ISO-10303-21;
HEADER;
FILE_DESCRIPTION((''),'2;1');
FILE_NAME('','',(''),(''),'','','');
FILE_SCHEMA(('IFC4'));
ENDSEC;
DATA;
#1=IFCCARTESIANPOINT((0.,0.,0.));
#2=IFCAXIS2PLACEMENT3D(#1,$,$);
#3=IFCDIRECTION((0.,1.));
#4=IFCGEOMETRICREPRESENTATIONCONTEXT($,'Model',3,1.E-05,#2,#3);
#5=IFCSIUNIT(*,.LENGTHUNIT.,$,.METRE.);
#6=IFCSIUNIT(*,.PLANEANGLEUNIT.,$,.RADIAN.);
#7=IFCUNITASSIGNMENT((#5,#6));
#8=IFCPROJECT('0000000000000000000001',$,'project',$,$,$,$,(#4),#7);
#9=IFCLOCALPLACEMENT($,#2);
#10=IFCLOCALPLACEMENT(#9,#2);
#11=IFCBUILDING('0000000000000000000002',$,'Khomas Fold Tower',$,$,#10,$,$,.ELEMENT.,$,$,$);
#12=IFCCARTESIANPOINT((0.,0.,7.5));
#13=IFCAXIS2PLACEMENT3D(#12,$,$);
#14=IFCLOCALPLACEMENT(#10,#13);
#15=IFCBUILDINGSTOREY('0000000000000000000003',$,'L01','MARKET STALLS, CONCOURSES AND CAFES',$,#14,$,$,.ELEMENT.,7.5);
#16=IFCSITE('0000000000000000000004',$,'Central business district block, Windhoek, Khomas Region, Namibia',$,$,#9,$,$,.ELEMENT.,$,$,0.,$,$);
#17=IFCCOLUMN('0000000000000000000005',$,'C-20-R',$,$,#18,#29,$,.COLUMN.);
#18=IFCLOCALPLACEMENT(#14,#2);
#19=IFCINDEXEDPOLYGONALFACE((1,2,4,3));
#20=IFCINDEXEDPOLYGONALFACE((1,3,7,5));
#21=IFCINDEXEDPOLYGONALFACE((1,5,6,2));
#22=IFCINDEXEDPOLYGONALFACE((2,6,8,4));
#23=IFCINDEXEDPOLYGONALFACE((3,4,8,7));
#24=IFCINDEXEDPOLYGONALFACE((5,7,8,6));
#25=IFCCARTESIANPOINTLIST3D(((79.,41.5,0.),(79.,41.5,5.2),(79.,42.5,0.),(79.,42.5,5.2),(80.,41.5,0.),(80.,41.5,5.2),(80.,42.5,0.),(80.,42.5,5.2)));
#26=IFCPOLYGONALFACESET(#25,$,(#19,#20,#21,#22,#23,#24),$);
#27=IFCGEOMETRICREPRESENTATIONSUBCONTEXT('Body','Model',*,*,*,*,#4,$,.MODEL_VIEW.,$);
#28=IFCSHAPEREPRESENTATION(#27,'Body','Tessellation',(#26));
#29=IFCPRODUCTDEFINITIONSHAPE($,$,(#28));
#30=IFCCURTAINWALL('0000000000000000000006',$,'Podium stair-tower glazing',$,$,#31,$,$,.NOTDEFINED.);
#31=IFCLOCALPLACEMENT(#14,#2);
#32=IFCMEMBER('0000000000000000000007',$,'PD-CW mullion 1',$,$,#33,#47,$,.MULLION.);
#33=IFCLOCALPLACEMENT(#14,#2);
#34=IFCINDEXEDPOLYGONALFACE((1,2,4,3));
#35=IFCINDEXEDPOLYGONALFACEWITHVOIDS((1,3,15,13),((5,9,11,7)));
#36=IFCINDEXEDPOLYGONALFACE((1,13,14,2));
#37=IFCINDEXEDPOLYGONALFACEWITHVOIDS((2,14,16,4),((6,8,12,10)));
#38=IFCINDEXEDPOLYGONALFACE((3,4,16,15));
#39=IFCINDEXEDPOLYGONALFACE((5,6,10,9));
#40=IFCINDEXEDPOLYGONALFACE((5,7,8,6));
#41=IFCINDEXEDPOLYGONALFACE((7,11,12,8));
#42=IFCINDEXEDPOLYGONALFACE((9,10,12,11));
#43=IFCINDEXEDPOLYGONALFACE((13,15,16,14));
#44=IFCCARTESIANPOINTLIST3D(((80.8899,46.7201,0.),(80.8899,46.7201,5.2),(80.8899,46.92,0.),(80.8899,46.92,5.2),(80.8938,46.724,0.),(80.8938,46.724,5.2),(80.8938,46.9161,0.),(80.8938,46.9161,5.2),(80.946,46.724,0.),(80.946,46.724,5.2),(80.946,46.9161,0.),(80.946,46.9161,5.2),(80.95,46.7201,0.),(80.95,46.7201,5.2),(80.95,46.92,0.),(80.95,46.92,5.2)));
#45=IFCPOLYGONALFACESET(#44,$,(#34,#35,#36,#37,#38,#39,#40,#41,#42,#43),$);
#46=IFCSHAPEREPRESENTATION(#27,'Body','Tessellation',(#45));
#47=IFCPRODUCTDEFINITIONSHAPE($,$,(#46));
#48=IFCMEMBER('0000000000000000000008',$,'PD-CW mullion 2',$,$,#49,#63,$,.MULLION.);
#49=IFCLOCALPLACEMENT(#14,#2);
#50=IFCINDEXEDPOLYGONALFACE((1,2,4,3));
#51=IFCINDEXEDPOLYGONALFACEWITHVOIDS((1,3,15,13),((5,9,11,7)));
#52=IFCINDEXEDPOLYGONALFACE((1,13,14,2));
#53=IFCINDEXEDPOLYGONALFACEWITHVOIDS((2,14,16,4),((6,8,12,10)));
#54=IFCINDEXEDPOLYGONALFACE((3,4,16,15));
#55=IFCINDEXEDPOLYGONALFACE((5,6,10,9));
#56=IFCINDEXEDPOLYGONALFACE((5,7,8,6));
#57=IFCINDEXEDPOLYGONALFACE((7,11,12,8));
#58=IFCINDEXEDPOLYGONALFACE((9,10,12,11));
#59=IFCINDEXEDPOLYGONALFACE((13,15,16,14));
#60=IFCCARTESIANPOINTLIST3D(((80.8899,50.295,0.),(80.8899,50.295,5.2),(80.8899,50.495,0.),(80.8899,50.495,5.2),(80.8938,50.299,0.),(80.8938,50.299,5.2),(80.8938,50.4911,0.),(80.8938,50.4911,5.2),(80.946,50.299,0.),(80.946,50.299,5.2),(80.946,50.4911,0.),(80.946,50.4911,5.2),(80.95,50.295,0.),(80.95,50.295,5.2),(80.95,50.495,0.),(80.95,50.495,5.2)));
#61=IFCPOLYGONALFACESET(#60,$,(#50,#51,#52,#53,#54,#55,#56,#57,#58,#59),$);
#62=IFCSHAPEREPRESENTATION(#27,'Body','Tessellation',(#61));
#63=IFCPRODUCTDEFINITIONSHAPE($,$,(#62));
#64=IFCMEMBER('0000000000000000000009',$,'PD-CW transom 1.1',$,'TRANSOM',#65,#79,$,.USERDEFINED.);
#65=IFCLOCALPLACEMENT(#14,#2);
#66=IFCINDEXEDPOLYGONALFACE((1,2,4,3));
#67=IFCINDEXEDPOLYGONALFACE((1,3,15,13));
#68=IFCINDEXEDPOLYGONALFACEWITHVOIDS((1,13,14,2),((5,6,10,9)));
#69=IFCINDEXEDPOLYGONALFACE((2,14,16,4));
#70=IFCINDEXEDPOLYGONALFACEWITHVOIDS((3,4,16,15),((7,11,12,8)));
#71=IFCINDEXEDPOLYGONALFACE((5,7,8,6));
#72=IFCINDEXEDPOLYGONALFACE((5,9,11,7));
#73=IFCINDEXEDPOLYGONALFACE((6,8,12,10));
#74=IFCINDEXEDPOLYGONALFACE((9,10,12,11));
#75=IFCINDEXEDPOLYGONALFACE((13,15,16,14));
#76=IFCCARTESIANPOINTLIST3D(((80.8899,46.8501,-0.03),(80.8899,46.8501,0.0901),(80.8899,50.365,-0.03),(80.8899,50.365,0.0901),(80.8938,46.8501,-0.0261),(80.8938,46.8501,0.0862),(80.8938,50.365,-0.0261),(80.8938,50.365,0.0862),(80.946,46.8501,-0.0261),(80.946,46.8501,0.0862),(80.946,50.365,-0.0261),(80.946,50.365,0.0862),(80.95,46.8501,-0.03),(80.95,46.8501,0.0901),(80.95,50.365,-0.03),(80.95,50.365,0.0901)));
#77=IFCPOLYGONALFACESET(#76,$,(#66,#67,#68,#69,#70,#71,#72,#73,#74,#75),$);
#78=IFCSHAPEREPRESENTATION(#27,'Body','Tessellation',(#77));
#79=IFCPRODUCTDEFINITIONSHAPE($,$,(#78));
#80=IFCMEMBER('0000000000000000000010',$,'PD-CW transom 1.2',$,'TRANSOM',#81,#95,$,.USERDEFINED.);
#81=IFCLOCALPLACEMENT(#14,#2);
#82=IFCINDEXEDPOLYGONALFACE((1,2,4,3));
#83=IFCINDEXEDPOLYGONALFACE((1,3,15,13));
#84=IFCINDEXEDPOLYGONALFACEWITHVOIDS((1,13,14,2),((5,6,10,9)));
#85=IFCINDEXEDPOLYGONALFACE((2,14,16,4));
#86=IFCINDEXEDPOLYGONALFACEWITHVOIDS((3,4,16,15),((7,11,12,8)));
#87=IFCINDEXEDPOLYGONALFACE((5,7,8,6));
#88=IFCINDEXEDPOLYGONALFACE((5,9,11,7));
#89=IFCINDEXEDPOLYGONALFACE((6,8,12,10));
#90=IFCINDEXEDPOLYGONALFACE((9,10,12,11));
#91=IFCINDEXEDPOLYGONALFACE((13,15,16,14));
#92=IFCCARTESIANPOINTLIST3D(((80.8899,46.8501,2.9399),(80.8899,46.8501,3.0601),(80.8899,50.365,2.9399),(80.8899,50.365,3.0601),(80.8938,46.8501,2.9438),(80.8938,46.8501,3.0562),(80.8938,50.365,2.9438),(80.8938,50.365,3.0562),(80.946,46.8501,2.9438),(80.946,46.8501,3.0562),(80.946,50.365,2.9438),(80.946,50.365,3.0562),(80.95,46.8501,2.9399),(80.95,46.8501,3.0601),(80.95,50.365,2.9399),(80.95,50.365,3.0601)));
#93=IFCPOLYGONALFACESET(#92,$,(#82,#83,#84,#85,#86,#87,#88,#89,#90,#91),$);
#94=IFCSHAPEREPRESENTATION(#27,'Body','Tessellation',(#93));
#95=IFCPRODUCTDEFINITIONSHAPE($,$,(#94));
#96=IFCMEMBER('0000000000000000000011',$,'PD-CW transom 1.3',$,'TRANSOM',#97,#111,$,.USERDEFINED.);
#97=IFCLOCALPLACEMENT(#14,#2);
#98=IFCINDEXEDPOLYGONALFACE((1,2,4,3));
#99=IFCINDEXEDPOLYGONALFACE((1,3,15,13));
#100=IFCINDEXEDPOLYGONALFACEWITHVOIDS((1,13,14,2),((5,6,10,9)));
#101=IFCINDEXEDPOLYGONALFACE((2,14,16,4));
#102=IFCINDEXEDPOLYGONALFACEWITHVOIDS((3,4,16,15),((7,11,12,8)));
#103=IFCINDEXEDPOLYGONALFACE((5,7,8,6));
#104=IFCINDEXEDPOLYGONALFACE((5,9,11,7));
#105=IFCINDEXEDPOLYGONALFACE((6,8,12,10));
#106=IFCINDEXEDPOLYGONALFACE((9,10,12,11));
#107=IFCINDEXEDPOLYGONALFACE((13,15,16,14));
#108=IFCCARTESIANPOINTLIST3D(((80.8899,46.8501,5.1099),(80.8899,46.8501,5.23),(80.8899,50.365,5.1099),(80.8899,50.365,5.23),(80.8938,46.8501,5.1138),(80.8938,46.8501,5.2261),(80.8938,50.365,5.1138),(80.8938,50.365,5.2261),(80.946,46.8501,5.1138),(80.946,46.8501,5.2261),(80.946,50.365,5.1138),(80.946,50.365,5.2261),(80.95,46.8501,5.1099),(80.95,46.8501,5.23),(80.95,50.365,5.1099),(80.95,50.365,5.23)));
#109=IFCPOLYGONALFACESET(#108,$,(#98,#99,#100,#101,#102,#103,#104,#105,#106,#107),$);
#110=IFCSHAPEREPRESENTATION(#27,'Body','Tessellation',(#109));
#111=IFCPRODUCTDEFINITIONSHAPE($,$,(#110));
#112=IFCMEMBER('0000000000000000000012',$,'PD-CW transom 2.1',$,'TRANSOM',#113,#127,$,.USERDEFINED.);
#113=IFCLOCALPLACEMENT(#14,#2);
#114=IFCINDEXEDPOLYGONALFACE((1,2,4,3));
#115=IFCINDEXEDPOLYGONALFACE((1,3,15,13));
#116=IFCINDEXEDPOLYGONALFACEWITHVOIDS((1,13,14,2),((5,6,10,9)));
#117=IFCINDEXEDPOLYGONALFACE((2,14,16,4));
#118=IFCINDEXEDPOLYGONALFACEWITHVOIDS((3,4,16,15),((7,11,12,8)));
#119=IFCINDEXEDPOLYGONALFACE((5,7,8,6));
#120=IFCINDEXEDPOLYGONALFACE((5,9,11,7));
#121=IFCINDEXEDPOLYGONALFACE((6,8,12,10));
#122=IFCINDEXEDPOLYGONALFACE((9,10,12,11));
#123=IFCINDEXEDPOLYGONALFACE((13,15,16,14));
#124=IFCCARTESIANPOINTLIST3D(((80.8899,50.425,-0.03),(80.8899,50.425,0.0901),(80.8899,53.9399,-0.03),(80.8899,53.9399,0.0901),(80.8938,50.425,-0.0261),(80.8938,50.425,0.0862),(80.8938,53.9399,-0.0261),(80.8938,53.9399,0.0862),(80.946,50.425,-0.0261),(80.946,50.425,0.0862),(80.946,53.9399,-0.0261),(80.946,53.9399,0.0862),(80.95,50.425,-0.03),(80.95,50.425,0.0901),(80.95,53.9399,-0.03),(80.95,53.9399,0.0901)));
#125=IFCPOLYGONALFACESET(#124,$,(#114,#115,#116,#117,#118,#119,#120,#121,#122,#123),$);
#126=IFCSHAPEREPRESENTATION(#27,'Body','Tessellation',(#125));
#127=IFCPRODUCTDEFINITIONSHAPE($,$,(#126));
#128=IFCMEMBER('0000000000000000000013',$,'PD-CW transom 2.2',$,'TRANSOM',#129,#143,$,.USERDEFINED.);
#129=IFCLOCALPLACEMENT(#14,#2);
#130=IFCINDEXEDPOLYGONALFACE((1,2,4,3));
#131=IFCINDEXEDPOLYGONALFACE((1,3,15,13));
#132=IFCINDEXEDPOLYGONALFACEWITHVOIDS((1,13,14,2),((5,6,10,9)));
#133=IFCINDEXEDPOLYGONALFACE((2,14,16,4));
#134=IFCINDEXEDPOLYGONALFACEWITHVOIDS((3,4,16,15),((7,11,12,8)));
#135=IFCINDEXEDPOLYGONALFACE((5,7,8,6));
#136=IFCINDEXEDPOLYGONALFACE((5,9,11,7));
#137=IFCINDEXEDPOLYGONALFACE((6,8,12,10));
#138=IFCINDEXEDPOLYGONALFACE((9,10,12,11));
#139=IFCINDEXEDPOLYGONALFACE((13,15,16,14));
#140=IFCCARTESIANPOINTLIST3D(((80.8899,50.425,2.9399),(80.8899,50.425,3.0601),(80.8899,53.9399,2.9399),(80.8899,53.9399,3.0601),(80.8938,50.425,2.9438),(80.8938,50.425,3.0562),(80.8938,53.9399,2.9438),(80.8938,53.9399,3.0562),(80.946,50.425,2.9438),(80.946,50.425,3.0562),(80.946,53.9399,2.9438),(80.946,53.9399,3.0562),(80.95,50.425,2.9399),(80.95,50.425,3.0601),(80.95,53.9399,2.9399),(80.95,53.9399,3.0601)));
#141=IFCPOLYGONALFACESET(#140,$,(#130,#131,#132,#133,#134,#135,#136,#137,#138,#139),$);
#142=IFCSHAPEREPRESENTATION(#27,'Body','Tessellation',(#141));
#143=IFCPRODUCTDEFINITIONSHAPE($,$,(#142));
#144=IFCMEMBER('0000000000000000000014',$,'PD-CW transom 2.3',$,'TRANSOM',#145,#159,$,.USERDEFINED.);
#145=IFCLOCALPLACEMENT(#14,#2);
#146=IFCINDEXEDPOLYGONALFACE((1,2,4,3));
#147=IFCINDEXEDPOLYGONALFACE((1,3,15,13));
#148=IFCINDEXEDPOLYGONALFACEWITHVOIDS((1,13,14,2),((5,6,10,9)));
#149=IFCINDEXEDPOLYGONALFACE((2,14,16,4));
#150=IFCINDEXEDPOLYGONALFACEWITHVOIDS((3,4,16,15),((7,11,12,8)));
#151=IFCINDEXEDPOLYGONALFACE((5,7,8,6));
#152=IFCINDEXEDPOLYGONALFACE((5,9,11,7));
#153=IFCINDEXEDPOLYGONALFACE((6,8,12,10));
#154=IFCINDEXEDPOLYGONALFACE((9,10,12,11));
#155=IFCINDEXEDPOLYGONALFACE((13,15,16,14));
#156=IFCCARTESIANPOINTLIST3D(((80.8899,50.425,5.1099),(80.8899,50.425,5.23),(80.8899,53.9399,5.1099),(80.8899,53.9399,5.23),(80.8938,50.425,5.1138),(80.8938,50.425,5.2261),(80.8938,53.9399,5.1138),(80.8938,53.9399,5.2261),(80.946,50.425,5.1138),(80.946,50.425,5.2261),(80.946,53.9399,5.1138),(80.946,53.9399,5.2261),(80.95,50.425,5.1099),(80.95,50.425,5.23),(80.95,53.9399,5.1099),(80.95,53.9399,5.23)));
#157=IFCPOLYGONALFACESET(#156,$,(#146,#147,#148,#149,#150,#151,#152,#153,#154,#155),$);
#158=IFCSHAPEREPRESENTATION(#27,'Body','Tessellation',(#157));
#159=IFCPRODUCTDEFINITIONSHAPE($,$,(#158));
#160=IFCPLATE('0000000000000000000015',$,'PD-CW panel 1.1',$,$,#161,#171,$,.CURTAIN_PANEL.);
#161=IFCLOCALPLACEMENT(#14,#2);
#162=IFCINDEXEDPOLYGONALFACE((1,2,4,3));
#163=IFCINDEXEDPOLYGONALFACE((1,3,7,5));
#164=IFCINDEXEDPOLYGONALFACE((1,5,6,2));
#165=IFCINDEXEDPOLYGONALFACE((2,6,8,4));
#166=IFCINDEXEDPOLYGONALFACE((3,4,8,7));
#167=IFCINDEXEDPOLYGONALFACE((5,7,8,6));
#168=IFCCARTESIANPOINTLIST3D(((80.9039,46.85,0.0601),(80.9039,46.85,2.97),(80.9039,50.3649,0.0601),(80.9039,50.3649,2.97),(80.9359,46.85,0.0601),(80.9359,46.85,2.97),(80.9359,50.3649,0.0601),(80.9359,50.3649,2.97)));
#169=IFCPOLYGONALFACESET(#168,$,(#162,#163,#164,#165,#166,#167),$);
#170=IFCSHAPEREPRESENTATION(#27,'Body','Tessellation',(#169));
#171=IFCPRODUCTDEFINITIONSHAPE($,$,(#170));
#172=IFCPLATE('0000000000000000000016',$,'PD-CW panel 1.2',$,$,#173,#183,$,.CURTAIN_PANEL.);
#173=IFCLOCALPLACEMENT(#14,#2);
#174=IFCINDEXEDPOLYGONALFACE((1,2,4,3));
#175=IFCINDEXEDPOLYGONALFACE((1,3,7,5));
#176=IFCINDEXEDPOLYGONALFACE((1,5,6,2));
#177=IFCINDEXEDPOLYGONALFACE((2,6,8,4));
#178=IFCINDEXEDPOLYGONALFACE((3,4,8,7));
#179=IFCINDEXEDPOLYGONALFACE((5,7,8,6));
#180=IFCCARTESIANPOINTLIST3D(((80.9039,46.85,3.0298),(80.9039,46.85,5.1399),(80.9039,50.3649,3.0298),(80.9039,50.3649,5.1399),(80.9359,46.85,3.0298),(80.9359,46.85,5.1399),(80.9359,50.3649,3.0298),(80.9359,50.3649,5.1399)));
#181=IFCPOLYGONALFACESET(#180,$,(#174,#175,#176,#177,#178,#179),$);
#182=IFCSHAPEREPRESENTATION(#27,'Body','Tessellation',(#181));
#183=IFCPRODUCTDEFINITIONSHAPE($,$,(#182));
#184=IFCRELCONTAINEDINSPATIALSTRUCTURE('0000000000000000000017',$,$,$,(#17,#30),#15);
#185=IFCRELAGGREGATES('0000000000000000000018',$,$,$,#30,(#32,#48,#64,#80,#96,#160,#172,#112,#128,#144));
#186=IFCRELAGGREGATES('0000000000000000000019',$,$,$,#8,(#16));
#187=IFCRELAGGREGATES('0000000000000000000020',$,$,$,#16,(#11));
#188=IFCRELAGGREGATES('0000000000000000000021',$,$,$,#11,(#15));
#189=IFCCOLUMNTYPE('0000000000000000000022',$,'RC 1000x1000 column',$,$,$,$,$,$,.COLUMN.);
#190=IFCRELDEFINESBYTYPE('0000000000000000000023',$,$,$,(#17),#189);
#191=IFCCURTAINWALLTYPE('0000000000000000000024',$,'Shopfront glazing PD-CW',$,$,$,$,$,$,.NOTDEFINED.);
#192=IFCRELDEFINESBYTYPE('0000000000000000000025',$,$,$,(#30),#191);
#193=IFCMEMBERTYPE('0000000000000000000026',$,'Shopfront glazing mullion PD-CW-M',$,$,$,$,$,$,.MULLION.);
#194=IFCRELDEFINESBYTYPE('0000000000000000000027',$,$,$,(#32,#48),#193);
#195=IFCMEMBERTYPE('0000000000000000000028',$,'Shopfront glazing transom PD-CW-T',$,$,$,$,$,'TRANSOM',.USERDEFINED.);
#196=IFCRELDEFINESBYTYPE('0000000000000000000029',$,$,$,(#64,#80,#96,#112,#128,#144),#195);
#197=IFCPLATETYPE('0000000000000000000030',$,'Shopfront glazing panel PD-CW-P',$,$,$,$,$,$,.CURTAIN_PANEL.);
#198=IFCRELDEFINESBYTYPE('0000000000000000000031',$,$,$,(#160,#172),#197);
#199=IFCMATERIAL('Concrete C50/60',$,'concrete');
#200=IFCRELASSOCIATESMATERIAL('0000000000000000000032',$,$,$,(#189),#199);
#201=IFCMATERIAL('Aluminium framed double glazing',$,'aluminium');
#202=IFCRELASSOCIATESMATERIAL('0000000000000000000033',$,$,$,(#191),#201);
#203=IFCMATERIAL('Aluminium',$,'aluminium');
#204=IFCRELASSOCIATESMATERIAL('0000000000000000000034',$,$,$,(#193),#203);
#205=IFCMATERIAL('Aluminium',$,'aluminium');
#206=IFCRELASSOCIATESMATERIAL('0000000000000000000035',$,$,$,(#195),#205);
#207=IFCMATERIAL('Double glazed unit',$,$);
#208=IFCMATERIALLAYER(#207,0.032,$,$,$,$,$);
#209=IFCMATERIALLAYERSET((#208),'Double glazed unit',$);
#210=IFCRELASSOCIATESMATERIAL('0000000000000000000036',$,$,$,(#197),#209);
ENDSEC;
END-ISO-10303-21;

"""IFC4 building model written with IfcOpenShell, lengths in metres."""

from ifc_helpers import new_model, si_unit, direction, frame, origin, origin_2d, place, context, subcontext, project, spatial, rectangle, hollow_rectangle, extrude, source, transform, mapped, material, layer, layer_set, material_profile, profile_set, type_object, element, aggregate, save


model = new_model("IFC4")

# Units and contexts
model_context = context("Model", 3, precision=1e-05, world=origin(), true_north=direction((0.0, 1.0)))
body_context = subcontext(model_context, "Body", "Model", "MODEL_VIEW")
ifc_project = project(units=[si_unit("LENGTHUNIT", "METRE"), si_unit("PLANEANGLEUNIT", "RADIAN")], contexts=[model_context])

# Site, building, storey
site_placement = place(None, origin())
site = spatial("IfcSite", under=ifc_project, at=site_placement, Name="Central business district block, Windhoek, Khomas Region, Namibia", CompositionType="ELEMENT", RefElevation=0.0)
building_placement = place(site_placement, origin())
building = spatial("IfcBuilding", under=site, at=building_placement, Name="Khomas Fold Tower", CompositionType="ELEMENT")
storey_placement = place(building_placement, frame((0.0, 0.0, 7.5)))
storey = spatial("IfcBuildingStorey", under=building, at=storey_placement, Name="L01", Description="MARKET STALLS, CONCOURSES AND CAFES", CompositionType="ELEMENT", Elevation=7.5)

# Column
ifc_material_1 = material(Name="Concrete C50/60", Category="concrete")
ifc_material_profile_1 = material_profile(ifc_material_1, rectangle(XDim=1.0, YDim=1.0, at=origin_2d()), Name="RC 1000x1000")
ifc_profile_set_1 = profile_set([ifc_material_profile_1], Name="Concrete C50/60")
column_type = type_object("IfcColumnType", Name="RC 1000x1000 column", PredefinedType="COLUMN", material=ifc_profile_set_1)
shared_shape_1 = source(origin(), body_context, "Body", "SweptSolid", [
    extrude(rectangle(XDim=1.0, YDim=1.0, at=origin_2d()), origin(), (0.0, 0.0, 1.0), 5.2),
])
column_placement = place(storey_placement, frame((79.5, 42.0, 0.0), z_axis=(0.0, 0.0, 1.0), x_axis=(1.0, 0.0, 0.0)))
element("IfcColumn", 1, at=column_placement, inside=storey, type_object=column_type, Name="C-20-R", PredefinedType="COLUMN", context=body_context, shape_type="MappedRepresentation", body=[
    mapped(shared_shape_1, transform((0.0, 0.0, 0.0))),
])

# Curtain wall, members, plates
ifc_material_2 = material(Name="Aluminium framed double glazing", Category="aluminium")
curtain_wall_type = type_object("IfcCurtainWallType", Name="Shopfront glazing PD-CW", PredefinedType="NOTDEFINED", material=ifc_material_2)
curtain_wall_placement = place(storey_placement, origin())
curtain_wall = element("IfcCurtainWall", 2, at=curtain_wall_placement, inside=storey, type_object=curtain_wall_type, Name="Podium stair-tower glazing", PredefinedType="NOTDEFINED")
ifc_material_3 = material(Name="Aluminium", Category="aluminium")
ifc_material_profile_2 = material_profile(ifc_material_3, hollow_rectangle(XDim=0.0601, YDim=0.2, WallThickness=0.0039, at=origin_2d()), Name="Shopfront glazing mullion PD-CW-M")
ifc_profile_set_2 = profile_set([ifc_material_profile_2], Name="Aluminium")
member_type_1 = type_object("IfcMemberType", Name="Shopfront glazing mullion PD-CW-M", PredefinedType="MULLION", material=ifc_profile_set_2)
shared_shape_2 = source(origin(), body_context, "Body", "SweptSolid", [
    extrude(hollow_rectangle(XDim=0.0601, YDim=0.2, WallThickness=0.0039, at=origin_2d()), origin(), (0.0, 0.0, 1.0), 5.2),
])
member_1_placement = place(storey_placement, frame((80.9199, 46.8201, 0.0), z_axis=(0.0, 0.0, 1.0), x_axis=(-1.0, 0.0, 0.0)))
member_1 = element("IfcMember", 3, at=member_1_placement, type_object=member_type_1, Name="PD-CW mullion 1", PredefinedType="MULLION", context=body_context, shape_type="MappedRepresentation", body=[
    mapped(shared_shape_2, transform((0.0, 0.0, 0.0))),
])
member_2_placement = place(storey_placement, frame((80.9199, 50.395, 0.0), z_axis=(0.0, 0.0, 1.0), x_axis=(-1.0, 0.0, 0.0)))
member_2 = element("IfcMember", 4, at=member_2_placement, type_object=member_type_1, Name="PD-CW mullion 2", PredefinedType="MULLION", context=body_context, shape_type="MappedRepresentation", body=[
    mapped(shared_shape_2, transform((0.0, 0.0, 0.0))),
])
ifc_material_4 = material(Name="Aluminium", Category="aluminium")
ifc_material_profile_3 = material_profile(ifc_material_4, hollow_rectangle(XDim=0.0601, YDim=0.1201, WallThickness=0.0039, at=origin_2d()), Name="Shopfront glazing transom PD-CW-T")
ifc_profile_set_3 = profile_set([ifc_material_profile_3], Name="Aluminium")
member_type_2 = type_object("IfcMemberType", Name="Shopfront glazing transom PD-CW-T", ElementType="TRANSOM", PredefinedType="USERDEFINED", material=ifc_profile_set_3)
shared_shape_3 = source(origin(), body_context, "Body", "SweptSolid", [
    extrude(hollow_rectangle(XDim=0.0601, YDim=0.1201, WallThickness=0.0039, at=origin_2d()), origin(), (0.0, 0.0, 1.0), 3.5149),
])
member_3_placement = place(storey_placement, frame((80.9199, 46.8501, 0.03), z_axis=(0.0, 1.0, 0.0), x_axis=(-1.0, 0.0, 0.0)))
member_3 = element("IfcMember", 5, at=member_3_placement, type_object=member_type_2, Name="PD-CW transom 1.1", ObjectType="TRANSOM", PredefinedType="USERDEFINED", context=body_context, shape_type="MappedRepresentation", body=[
    mapped(shared_shape_3, transform((0.0, 0.0, 0.0))),
])
member_4_placement = place(storey_placement, frame((80.9199, 46.8501, 3.0), z_axis=(0.0, 1.0, 0.0), x_axis=(-1.0, 0.0, 0.0)))
member_4 = element("IfcMember", 6, at=member_4_placement, type_object=member_type_2, Name="PD-CW transom 1.2", ObjectType="TRANSOM", PredefinedType="USERDEFINED", context=body_context, shape_type="MappedRepresentation", body=[
    mapped(shared_shape_3, transform((0.0, 0.0, 0.0))),
])
member_5_placement = place(storey_placement, frame((80.9199, 46.8501, 5.1699), z_axis=(0.0, 1.0, 0.0), x_axis=(-1.0, 0.0, 0.0)))
member_5 = element("IfcMember", 7, at=member_5_placement, type_object=member_type_2, Name="PD-CW transom 1.3", ObjectType="TRANSOM", PredefinedType="USERDEFINED", context=body_context, shape_type="MappedRepresentation", body=[
    mapped(shared_shape_3, transform((0.0, 0.0, 0.0))),
])
member_6_placement = place(storey_placement, frame((80.9199, 50.425, 0.03), z_axis=(0.0, 1.0, 0.0), x_axis=(-1.0, 0.0, 0.0)))
member_6 = element("IfcMember", 8, at=member_6_placement, type_object=member_type_2, Name="PD-CW transom 2.1", ObjectType="TRANSOM", PredefinedType="USERDEFINED", context=body_context, shape_type="MappedRepresentation", body=[
    mapped(shared_shape_3, transform((0.0, 0.0, 0.0))),
])
member_7_placement = place(storey_placement, frame((80.9199, 50.425, 3.0), z_axis=(0.0, 1.0, 0.0), x_axis=(-1.0, 0.0, 0.0)))
member_7 = element("IfcMember", 9, at=member_7_placement, type_object=member_type_2, Name="PD-CW transom 2.2", ObjectType="TRANSOM", PredefinedType="USERDEFINED", context=body_context, shape_type="MappedRepresentation", body=[
    mapped(shared_shape_3, transform((0.0, 0.0, 0.0))),
])
member_8_placement = place(storey_placement, frame((80.9199, 50.425, 5.1699), z_axis=(0.0, 1.0, 0.0), x_axis=(-1.0, 0.0, 0.0)))
member_8 = element("IfcMember", 10, at=member_8_placement, type_object=member_type_2, Name="PD-CW transom 2.3", ObjectType="TRANSOM", PredefinedType="USERDEFINED", context=body_context, shape_type="MappedRepresentation", body=[
    mapped(shared_shape_3, transform((0.0, 0.0, 0.0))),
])
ifc_material_5 = material(Name="Double glazed unit")
ifc_layer_1 = layer(ifc_material_5, 0.032)
ifc_layer_set_1 = layer_set([ifc_layer_1], Name="Double glazed unit")
plate_type = type_object("IfcPlateType", Name="Shopfront glazing panel PD-CW-P", PredefinedType="CURTAIN_PANEL", material=ifc_layer_set_1)
shared_shape_4 = source(origin(), body_context, "Body", "SweptSolid", [
    extrude(rectangle(XDim=3.5149, YDim=0.032, at=origin_2d()), origin(), (0.0, 0.0, 1.0), 2.9099),
])
plate_1_placement = place(storey_placement, frame((80.9199, 48.6074, 0.0601), z_axis=(0.0, 0.0, 1.0), x_axis=(0.0, 1.0, 0.0)))
plate_1 = element("IfcPlate", 11, at=plate_1_placement, type_object=plate_type, Name="PD-CW panel 1.1", PredefinedType="CURTAIN_PANEL", context=body_context, shape_type="MappedRepresentation", body=[
    mapped(shared_shape_4, transform((0.0, 0.0, 0.0))),
])
shared_shape_5 = source(origin(), body_context, "Body", "SweptSolid", [
    extrude(rectangle(XDim=3.5149, YDim=0.032, at=origin_2d()), origin(), (0.0, 0.0, 1.0), 2.1101),
])
plate_2_placement = place(storey_placement, frame((80.9199, 48.6074, 3.0298), z_axis=(0.0, 0.0, 1.0), x_axis=(0.0, 1.0, 0.0)))
plate_2 = element("IfcPlate", 12, at=plate_2_placement, type_object=plate_type, Name="PD-CW panel 1.2", PredefinedType="CURTAIN_PANEL", context=body_context, shape_type="MappedRepresentation", body=[
    mapped(shared_shape_5, transform((0.0, 0.0, 0.0))),
])
aggregate(curtain_wall, [member_1, member_2, member_3, member_4, member_5, plate_1, plate_2, member_6, member_7, member_8])

save(model, "model.ifc")
